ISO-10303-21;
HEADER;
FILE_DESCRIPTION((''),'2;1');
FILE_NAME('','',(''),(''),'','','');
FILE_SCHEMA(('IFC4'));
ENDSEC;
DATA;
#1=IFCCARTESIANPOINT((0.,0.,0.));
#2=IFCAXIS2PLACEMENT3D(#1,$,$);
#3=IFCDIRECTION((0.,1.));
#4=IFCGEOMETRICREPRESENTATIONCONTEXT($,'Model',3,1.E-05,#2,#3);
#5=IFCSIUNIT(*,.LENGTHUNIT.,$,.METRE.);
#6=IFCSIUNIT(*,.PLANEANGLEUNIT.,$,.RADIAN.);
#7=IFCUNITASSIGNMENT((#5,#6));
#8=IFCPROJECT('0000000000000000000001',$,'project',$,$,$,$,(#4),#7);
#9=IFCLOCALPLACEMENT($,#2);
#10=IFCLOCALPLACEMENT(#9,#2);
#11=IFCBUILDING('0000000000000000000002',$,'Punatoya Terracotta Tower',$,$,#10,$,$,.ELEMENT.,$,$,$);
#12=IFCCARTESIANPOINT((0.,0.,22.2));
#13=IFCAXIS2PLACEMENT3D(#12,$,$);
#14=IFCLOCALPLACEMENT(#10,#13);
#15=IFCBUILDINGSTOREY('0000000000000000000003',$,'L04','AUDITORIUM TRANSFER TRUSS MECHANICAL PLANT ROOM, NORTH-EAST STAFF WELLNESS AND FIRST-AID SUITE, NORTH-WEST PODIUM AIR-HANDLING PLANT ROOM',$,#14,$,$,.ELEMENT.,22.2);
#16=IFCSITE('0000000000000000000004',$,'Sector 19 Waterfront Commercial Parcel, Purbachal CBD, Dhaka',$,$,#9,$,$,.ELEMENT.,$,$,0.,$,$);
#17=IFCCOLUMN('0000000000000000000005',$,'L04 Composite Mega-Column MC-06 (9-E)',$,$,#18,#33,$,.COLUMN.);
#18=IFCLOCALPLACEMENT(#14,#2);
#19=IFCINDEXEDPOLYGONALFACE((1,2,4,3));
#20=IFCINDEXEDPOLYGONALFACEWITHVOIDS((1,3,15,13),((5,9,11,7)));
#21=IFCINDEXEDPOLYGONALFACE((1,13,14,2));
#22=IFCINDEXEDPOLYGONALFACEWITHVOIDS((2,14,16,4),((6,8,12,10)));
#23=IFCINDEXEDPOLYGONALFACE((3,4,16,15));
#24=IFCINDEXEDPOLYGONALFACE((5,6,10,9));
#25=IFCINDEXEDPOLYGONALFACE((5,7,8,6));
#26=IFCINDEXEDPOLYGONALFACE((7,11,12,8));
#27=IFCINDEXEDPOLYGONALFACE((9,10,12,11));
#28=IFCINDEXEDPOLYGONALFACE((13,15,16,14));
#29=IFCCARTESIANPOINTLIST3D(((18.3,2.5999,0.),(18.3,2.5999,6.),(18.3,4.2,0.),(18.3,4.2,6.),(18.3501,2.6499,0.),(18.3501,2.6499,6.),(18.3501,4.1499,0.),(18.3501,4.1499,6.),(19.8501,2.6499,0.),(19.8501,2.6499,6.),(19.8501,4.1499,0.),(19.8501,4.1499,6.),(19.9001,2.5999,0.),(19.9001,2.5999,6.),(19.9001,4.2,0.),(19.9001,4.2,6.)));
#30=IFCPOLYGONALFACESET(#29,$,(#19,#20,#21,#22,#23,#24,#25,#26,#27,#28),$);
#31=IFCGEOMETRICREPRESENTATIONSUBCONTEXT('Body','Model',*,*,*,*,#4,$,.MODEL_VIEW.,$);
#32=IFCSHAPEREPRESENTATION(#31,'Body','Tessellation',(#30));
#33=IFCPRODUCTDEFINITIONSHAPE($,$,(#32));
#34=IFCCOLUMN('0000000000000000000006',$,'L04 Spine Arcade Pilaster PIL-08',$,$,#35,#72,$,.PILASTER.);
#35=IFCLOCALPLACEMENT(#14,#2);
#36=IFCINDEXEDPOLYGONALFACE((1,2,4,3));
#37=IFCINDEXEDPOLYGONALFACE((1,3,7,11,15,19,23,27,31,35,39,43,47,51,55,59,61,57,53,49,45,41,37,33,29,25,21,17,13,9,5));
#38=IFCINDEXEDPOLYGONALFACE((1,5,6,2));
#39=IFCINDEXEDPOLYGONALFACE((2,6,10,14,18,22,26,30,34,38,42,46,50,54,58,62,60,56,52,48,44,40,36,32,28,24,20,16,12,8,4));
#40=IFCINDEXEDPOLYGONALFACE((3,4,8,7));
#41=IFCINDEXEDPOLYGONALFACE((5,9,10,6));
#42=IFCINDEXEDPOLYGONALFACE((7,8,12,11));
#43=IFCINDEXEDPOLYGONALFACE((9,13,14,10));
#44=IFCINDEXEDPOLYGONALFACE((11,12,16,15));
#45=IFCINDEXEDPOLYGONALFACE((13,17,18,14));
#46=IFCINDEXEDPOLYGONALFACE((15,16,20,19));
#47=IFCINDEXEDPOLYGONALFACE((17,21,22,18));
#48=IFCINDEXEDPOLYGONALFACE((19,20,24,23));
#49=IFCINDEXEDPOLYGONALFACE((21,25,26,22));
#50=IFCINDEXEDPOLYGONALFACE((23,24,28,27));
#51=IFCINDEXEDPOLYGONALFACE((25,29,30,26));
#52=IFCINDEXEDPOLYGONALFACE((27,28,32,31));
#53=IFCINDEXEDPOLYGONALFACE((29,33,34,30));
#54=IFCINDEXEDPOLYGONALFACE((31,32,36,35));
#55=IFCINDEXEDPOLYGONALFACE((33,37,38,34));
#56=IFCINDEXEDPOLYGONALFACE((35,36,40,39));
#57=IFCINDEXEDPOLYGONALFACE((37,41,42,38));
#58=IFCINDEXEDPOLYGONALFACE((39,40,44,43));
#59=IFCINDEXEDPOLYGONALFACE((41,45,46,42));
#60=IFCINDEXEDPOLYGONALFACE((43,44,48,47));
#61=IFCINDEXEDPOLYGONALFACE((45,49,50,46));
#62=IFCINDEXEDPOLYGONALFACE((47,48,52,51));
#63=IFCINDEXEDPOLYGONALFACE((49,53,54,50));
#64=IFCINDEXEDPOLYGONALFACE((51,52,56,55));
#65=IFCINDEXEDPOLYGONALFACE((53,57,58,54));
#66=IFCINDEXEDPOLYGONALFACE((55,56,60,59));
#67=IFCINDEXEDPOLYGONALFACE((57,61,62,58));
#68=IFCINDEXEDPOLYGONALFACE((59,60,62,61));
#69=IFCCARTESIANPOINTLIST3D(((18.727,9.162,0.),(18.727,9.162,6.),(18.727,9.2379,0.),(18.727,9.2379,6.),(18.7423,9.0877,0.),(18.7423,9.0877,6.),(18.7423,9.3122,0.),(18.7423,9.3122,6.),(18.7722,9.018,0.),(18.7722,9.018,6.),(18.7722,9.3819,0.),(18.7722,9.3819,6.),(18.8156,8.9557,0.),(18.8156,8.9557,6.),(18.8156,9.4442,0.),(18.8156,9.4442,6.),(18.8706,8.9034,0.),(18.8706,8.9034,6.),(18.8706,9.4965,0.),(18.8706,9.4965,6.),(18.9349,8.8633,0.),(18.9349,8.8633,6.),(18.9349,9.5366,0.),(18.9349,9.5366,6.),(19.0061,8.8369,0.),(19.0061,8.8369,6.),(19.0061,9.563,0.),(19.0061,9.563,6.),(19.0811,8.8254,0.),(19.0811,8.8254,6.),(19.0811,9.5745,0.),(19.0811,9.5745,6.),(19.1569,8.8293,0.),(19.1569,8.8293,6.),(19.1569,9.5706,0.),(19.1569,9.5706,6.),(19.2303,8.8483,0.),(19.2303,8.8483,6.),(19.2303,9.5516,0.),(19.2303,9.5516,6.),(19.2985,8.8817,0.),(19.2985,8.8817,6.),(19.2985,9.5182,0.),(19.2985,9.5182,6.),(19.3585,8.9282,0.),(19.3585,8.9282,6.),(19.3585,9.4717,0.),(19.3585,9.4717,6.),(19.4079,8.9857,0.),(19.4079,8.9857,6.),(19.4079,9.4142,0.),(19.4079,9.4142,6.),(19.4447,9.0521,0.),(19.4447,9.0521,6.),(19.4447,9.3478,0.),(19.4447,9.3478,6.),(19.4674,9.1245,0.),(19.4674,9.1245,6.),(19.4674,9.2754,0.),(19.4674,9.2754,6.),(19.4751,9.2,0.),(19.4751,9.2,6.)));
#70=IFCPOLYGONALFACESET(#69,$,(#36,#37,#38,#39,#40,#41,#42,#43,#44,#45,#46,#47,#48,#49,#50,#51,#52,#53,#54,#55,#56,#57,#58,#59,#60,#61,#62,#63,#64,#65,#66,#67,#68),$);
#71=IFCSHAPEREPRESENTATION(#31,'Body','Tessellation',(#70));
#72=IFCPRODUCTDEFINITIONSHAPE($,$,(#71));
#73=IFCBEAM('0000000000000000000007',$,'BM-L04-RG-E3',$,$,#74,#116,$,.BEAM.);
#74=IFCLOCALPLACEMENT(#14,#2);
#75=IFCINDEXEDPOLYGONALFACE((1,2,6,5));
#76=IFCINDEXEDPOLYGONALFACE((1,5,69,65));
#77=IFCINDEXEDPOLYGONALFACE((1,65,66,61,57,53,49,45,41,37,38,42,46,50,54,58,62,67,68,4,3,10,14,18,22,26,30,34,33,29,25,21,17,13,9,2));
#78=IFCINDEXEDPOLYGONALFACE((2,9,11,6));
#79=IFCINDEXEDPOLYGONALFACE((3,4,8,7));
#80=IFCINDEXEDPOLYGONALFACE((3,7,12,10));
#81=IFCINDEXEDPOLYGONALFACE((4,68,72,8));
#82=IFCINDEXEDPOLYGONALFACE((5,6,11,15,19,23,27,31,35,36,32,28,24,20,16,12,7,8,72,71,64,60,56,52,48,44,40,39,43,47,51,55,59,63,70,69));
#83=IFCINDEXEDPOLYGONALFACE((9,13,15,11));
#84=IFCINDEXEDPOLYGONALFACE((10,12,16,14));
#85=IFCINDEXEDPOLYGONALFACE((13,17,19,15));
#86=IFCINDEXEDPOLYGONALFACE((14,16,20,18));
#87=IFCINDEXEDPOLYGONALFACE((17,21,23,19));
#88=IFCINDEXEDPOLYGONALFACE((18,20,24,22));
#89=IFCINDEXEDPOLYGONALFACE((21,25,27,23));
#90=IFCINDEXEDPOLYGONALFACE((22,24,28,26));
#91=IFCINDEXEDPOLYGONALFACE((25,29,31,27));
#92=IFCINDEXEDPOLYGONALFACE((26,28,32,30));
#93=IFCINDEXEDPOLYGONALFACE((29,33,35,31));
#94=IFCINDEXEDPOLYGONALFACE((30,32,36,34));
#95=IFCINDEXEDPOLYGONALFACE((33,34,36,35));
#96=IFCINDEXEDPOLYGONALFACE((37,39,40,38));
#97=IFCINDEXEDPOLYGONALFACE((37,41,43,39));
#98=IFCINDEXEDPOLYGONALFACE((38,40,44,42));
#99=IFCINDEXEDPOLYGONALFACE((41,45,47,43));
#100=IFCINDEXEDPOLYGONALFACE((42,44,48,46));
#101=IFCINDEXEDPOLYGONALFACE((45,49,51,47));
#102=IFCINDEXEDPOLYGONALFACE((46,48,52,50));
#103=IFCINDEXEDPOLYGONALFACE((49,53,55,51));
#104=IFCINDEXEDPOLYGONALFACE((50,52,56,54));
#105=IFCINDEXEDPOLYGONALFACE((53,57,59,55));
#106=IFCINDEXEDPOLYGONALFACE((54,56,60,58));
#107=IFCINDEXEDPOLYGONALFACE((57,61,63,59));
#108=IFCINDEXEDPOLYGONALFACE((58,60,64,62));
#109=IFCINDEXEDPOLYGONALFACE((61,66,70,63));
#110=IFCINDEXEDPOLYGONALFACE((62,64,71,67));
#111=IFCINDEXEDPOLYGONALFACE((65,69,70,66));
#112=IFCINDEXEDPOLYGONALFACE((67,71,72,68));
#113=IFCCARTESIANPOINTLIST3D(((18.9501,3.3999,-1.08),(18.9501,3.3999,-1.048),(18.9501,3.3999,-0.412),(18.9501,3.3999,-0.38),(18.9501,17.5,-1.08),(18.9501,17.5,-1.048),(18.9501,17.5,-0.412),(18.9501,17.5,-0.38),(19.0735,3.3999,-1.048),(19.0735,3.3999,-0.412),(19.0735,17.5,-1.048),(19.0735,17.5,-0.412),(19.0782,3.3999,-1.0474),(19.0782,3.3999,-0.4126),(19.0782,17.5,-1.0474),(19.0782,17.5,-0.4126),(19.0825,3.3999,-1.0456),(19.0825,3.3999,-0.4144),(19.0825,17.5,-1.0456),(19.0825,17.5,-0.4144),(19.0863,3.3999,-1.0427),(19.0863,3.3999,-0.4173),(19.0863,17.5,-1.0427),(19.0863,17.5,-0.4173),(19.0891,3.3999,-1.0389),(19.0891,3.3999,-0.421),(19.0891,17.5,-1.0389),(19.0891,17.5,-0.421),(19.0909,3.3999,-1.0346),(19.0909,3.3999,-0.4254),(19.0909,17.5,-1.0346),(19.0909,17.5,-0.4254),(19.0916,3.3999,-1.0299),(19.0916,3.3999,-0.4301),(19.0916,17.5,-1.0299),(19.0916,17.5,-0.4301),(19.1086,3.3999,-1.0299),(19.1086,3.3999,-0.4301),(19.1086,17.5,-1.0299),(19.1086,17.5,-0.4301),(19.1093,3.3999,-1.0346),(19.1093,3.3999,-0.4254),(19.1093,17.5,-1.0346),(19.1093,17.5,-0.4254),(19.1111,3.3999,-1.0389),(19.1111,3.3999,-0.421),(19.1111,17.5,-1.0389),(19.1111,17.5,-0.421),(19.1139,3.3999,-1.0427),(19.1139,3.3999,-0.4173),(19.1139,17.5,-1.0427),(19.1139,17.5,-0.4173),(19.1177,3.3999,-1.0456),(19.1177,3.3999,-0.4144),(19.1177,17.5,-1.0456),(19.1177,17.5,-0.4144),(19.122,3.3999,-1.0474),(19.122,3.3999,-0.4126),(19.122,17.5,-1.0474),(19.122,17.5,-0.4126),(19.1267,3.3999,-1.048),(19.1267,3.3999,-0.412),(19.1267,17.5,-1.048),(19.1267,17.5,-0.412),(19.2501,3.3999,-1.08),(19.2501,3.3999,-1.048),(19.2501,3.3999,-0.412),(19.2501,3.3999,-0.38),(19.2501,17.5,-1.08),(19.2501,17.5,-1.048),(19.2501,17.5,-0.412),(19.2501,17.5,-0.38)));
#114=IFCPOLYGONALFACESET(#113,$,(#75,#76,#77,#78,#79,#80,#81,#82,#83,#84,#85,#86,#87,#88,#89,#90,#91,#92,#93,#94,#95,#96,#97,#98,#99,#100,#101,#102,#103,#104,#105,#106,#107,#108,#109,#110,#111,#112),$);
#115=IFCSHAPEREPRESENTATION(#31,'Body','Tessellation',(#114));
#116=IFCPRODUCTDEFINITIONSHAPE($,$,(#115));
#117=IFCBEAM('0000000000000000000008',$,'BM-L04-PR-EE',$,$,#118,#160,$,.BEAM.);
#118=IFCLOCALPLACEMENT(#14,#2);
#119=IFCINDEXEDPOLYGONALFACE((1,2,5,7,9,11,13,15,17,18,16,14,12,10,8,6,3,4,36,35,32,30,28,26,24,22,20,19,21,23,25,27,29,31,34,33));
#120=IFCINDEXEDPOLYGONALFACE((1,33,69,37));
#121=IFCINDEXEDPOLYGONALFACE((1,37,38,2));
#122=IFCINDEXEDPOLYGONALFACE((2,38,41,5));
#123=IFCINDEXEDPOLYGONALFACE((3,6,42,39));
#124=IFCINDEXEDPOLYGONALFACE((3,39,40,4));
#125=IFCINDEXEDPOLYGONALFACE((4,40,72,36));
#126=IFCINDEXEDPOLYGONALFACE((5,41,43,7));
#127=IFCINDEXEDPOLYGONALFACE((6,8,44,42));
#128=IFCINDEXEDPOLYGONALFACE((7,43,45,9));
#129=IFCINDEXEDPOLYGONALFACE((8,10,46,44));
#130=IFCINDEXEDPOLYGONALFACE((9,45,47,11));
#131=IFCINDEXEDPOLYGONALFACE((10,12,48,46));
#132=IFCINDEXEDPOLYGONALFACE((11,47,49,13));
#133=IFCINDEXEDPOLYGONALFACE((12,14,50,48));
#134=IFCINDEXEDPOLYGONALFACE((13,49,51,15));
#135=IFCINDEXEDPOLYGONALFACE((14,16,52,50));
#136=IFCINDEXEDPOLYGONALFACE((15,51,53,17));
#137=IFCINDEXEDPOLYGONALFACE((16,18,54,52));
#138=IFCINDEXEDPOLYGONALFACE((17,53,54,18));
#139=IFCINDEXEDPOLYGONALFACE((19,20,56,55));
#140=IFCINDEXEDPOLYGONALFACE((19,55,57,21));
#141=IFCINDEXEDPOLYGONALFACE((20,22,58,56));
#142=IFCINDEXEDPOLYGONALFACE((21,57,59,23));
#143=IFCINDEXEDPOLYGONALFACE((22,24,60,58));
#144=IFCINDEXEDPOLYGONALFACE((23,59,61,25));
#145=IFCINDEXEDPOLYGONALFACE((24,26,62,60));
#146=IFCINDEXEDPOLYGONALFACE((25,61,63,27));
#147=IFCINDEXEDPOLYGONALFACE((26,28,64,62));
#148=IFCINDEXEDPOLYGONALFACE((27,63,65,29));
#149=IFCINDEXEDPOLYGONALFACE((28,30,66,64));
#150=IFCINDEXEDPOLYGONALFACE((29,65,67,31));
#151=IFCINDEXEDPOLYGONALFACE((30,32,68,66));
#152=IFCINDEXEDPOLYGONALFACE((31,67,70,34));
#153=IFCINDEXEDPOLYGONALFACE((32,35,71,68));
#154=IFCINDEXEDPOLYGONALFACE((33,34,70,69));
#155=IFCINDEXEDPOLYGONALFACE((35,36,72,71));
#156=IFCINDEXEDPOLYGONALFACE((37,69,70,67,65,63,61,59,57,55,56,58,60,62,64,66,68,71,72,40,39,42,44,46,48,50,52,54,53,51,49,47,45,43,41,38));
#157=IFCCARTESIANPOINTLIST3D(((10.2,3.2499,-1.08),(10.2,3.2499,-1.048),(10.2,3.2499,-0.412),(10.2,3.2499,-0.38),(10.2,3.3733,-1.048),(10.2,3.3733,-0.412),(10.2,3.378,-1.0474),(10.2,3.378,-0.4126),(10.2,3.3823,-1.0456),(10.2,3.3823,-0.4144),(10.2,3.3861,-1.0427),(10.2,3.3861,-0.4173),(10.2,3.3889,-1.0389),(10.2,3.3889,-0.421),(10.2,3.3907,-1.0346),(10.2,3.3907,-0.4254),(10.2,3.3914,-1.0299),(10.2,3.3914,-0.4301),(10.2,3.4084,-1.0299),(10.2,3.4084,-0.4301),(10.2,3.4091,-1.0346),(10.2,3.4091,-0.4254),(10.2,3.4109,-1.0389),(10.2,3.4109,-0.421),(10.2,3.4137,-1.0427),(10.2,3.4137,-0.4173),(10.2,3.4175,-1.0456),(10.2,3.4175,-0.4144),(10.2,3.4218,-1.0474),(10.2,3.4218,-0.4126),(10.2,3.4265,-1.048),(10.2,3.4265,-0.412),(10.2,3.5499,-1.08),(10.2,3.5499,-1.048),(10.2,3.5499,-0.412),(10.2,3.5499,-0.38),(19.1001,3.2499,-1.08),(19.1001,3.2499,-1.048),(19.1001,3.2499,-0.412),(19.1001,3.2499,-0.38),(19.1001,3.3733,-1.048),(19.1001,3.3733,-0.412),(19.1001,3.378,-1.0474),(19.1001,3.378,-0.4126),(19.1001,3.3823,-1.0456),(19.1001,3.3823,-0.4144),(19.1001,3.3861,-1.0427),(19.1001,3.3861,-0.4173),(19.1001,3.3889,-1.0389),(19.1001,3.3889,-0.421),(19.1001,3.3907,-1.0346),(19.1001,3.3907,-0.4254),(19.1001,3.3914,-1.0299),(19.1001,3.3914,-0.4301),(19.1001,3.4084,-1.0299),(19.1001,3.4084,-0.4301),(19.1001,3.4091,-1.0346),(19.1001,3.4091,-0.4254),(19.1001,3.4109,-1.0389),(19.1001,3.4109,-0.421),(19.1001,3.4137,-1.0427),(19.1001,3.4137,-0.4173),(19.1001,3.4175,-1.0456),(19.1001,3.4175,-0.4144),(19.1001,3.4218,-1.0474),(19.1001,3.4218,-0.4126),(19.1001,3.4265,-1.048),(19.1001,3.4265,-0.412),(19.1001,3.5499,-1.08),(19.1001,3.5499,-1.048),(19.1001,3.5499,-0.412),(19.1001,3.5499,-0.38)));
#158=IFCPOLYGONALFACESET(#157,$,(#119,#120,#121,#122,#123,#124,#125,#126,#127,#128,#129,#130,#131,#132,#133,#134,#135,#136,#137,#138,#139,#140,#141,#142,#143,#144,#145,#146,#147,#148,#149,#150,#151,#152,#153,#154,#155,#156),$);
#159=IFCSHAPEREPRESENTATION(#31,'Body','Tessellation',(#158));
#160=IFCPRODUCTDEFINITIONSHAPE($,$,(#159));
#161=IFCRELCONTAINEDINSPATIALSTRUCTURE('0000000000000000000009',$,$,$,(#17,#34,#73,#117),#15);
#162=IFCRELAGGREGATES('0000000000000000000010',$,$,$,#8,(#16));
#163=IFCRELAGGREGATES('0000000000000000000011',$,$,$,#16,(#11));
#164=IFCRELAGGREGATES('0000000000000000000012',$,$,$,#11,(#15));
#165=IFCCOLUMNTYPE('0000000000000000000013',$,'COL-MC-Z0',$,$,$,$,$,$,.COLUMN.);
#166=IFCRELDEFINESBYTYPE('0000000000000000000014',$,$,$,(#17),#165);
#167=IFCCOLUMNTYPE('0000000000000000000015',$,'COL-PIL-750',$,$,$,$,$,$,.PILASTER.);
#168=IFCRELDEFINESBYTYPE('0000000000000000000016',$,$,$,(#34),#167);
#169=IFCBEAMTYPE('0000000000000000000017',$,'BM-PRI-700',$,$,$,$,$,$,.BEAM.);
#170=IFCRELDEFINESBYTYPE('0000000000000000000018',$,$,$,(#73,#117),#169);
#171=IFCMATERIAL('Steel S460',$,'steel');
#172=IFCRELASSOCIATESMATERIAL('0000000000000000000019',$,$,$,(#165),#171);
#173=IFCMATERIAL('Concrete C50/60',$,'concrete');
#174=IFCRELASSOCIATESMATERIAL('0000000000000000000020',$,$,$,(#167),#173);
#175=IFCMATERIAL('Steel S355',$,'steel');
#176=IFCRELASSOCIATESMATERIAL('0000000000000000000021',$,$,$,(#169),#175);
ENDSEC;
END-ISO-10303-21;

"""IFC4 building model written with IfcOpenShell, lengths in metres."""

from ifc_helpers import new_model, si_unit, direction, frame, origin, origin_2d, place, context, subcontext, project, spatial, hollow_rectangle, circle, i_section, extrude, material, material_profile, profile_set, type_object, element, save


model = new_model("IFC4")

# Units and contexts
model_context = context("Model", 3, precision=1e-05, world=origin(), true_north=direction((0.0, 1.0)))
body_context = subcontext(model_context, "Body", "Model", "MODEL_VIEW")
ifc_project = project(units=[si_unit("LENGTHUNIT", "METRE"), si_unit("PLANEANGLEUNIT", "RADIAN")], contexts=[model_context])

# Site, building, storey
site_placement = place(None, origin())
site = spatial("IfcSite", under=ifc_project, at=site_placement, Name="Sector 19 Waterfront Commercial Parcel, Purbachal CBD, Dhaka", CompositionType="ELEMENT", RefElevation=0.0)
building_placement = place(site_placement, origin())
building = spatial("IfcBuilding", under=site, at=building_placement, Name="Punatoya Terracotta Tower", CompositionType="ELEMENT")
storey_placement = place(building_placement, frame((0.0, 0.0, 22.2)))
storey = spatial("IfcBuildingStorey", under=building, at=storey_placement, Name="L04", Description="AUDITORIUM TRANSFER TRUSS MECHANICAL PLANT ROOM, NORTH-EAST STAFF WELLNESS AND FIRST-AID SUITE, NORTH-WEST PODIUM AIR-HANDLING PLANT ROOM", CompositionType="ELEMENT", Elevation=22.2)

# Columns
ifc_material_1 = material(Name="Steel S460", Category="steel")
ifc_material_profile_1 = material_profile(ifc_material_1, hollow_rectangle(XDim=1.6001, YDim=1.6001, WallThickness=0.05, at=origin_2d()))
ifc_profile_set_1 = profile_set([ifc_material_profile_1], Name="Steel S460")
column_type_1 = type_object("IfcColumnType", Name="COL-MC-Z0", PredefinedType="COLUMN", material=ifc_profile_set_1)
column_1_placement = place(storey_placement, frame((19.1001, 3.3999, 0.0), z_axis=(0.0, 0.0, 1.0), x_axis=(1.0, 0.0, 0.0)))
element("IfcColumn", 1, at=column_1_placement, inside=storey, type_object=column_type_1, Name="L04 Composite Mega-Column MC-06 (9-E)", PredefinedType="COLUMN", context=body_context, shape_type="SweptSolid", body=[
    extrude(hollow_rectangle(XDim=1.6001, YDim=1.6001, WallThickness=0.05, at=origin_2d()), origin(), (0.0, 0.0, 1.0), 6.0),
])
ifc_material_2 = material(Name="Concrete C50/60", Category="concrete")
ifc_material_profile_2 = material_profile(ifc_material_2, circle(Radius=0.375, at=origin_2d()))
ifc_profile_set_2 = profile_set([ifc_material_profile_2], Name="Concrete C50/60")
column_type_2 = type_object("IfcColumnType", Name="COL-PIL-750", PredefinedType="PILASTER", material=ifc_profile_set_2)
column_2_placement = place(storey_placement, frame((19.1001, 9.2, 0.0), z_axis=(0.0, 0.0, 1.0), x_axis=(1.0, 0.0, 0.0)))
element("IfcColumn", 2, at=column_2_placement, inside=storey, type_object=column_type_2, Name="L04 Spine Arcade Pilaster PIL-08", PredefinedType="PILASTER", context=body_context, shape_type="SweptSolid", body=[
    extrude(circle(Radius=0.375, at=origin_2d()), origin(), (0.0, 0.0, 1.0), 6.0),
])

# Beams
ifc_material_3 = material(Name="Steel S355", Category="steel")
ifc_material_profile_3 = material_profile(ifc_material_3, i_section(OverallWidth=0.3, OverallDepth=0.7, WebThickness=0.0171, FlangeThickness=0.032, FilletRadius=0.0181, at=origin_2d()))
ifc_profile_set_3 = profile_set([ifc_material_profile_3], Name="Steel S355")
beam_type_1 = type_object("IfcBeamType", Name="BM-PRI-700", PredefinedType="BEAM", material=ifc_profile_set_3)
beam_1_placement = place(storey_placement, frame((19.1001, 3.3999, -0.73), z_axis=(0.0, 1.0, 0.0), x_axis=(-1.0, 0.0, 0.0)))
element("IfcBeam", 3, at=beam_1_placement, inside=storey, type_object=beam_type_1, Name="BM-L04-RG-E3", PredefinedType="BEAM", context=body_context, shape_type="SweptSolid", body=[
    extrude(i_section(OverallWidth=0.3, OverallDepth=0.7, WebThickness=0.0171, FlangeThickness=0.032, FilletRadius=0.0181, at=origin_2d()), origin(), (0.0, 0.0, 1.0), 14.1001),
])
for number, where, z_axis, x_axis, name in (
    (4, (10.2, 3.3999, -0.73), (1.0, 0.0, 0.0), (0.0, 1.0, 0.0), "BM-L04-PR-EE"),
):
    element("IfcBeam", number, at=place(storey_placement, frame(where, z_axis=z_axis, x_axis=x_axis)), inside=storey, type_object=beam_type_1, Name=name, PredefinedType="BEAM", context=body_context, shape_type="SweptSolid", body=[
        extrude(i_section(OverallWidth=0.3, OverallDepth=0.7, WebThickness=0.0171, FlangeThickness=0.032, FilletRadius=0.0181, at=origin_2d()), origin(), (0.0, 0.0, 1.0), 8.9001),
    ])

save(model, "model.ifc")
